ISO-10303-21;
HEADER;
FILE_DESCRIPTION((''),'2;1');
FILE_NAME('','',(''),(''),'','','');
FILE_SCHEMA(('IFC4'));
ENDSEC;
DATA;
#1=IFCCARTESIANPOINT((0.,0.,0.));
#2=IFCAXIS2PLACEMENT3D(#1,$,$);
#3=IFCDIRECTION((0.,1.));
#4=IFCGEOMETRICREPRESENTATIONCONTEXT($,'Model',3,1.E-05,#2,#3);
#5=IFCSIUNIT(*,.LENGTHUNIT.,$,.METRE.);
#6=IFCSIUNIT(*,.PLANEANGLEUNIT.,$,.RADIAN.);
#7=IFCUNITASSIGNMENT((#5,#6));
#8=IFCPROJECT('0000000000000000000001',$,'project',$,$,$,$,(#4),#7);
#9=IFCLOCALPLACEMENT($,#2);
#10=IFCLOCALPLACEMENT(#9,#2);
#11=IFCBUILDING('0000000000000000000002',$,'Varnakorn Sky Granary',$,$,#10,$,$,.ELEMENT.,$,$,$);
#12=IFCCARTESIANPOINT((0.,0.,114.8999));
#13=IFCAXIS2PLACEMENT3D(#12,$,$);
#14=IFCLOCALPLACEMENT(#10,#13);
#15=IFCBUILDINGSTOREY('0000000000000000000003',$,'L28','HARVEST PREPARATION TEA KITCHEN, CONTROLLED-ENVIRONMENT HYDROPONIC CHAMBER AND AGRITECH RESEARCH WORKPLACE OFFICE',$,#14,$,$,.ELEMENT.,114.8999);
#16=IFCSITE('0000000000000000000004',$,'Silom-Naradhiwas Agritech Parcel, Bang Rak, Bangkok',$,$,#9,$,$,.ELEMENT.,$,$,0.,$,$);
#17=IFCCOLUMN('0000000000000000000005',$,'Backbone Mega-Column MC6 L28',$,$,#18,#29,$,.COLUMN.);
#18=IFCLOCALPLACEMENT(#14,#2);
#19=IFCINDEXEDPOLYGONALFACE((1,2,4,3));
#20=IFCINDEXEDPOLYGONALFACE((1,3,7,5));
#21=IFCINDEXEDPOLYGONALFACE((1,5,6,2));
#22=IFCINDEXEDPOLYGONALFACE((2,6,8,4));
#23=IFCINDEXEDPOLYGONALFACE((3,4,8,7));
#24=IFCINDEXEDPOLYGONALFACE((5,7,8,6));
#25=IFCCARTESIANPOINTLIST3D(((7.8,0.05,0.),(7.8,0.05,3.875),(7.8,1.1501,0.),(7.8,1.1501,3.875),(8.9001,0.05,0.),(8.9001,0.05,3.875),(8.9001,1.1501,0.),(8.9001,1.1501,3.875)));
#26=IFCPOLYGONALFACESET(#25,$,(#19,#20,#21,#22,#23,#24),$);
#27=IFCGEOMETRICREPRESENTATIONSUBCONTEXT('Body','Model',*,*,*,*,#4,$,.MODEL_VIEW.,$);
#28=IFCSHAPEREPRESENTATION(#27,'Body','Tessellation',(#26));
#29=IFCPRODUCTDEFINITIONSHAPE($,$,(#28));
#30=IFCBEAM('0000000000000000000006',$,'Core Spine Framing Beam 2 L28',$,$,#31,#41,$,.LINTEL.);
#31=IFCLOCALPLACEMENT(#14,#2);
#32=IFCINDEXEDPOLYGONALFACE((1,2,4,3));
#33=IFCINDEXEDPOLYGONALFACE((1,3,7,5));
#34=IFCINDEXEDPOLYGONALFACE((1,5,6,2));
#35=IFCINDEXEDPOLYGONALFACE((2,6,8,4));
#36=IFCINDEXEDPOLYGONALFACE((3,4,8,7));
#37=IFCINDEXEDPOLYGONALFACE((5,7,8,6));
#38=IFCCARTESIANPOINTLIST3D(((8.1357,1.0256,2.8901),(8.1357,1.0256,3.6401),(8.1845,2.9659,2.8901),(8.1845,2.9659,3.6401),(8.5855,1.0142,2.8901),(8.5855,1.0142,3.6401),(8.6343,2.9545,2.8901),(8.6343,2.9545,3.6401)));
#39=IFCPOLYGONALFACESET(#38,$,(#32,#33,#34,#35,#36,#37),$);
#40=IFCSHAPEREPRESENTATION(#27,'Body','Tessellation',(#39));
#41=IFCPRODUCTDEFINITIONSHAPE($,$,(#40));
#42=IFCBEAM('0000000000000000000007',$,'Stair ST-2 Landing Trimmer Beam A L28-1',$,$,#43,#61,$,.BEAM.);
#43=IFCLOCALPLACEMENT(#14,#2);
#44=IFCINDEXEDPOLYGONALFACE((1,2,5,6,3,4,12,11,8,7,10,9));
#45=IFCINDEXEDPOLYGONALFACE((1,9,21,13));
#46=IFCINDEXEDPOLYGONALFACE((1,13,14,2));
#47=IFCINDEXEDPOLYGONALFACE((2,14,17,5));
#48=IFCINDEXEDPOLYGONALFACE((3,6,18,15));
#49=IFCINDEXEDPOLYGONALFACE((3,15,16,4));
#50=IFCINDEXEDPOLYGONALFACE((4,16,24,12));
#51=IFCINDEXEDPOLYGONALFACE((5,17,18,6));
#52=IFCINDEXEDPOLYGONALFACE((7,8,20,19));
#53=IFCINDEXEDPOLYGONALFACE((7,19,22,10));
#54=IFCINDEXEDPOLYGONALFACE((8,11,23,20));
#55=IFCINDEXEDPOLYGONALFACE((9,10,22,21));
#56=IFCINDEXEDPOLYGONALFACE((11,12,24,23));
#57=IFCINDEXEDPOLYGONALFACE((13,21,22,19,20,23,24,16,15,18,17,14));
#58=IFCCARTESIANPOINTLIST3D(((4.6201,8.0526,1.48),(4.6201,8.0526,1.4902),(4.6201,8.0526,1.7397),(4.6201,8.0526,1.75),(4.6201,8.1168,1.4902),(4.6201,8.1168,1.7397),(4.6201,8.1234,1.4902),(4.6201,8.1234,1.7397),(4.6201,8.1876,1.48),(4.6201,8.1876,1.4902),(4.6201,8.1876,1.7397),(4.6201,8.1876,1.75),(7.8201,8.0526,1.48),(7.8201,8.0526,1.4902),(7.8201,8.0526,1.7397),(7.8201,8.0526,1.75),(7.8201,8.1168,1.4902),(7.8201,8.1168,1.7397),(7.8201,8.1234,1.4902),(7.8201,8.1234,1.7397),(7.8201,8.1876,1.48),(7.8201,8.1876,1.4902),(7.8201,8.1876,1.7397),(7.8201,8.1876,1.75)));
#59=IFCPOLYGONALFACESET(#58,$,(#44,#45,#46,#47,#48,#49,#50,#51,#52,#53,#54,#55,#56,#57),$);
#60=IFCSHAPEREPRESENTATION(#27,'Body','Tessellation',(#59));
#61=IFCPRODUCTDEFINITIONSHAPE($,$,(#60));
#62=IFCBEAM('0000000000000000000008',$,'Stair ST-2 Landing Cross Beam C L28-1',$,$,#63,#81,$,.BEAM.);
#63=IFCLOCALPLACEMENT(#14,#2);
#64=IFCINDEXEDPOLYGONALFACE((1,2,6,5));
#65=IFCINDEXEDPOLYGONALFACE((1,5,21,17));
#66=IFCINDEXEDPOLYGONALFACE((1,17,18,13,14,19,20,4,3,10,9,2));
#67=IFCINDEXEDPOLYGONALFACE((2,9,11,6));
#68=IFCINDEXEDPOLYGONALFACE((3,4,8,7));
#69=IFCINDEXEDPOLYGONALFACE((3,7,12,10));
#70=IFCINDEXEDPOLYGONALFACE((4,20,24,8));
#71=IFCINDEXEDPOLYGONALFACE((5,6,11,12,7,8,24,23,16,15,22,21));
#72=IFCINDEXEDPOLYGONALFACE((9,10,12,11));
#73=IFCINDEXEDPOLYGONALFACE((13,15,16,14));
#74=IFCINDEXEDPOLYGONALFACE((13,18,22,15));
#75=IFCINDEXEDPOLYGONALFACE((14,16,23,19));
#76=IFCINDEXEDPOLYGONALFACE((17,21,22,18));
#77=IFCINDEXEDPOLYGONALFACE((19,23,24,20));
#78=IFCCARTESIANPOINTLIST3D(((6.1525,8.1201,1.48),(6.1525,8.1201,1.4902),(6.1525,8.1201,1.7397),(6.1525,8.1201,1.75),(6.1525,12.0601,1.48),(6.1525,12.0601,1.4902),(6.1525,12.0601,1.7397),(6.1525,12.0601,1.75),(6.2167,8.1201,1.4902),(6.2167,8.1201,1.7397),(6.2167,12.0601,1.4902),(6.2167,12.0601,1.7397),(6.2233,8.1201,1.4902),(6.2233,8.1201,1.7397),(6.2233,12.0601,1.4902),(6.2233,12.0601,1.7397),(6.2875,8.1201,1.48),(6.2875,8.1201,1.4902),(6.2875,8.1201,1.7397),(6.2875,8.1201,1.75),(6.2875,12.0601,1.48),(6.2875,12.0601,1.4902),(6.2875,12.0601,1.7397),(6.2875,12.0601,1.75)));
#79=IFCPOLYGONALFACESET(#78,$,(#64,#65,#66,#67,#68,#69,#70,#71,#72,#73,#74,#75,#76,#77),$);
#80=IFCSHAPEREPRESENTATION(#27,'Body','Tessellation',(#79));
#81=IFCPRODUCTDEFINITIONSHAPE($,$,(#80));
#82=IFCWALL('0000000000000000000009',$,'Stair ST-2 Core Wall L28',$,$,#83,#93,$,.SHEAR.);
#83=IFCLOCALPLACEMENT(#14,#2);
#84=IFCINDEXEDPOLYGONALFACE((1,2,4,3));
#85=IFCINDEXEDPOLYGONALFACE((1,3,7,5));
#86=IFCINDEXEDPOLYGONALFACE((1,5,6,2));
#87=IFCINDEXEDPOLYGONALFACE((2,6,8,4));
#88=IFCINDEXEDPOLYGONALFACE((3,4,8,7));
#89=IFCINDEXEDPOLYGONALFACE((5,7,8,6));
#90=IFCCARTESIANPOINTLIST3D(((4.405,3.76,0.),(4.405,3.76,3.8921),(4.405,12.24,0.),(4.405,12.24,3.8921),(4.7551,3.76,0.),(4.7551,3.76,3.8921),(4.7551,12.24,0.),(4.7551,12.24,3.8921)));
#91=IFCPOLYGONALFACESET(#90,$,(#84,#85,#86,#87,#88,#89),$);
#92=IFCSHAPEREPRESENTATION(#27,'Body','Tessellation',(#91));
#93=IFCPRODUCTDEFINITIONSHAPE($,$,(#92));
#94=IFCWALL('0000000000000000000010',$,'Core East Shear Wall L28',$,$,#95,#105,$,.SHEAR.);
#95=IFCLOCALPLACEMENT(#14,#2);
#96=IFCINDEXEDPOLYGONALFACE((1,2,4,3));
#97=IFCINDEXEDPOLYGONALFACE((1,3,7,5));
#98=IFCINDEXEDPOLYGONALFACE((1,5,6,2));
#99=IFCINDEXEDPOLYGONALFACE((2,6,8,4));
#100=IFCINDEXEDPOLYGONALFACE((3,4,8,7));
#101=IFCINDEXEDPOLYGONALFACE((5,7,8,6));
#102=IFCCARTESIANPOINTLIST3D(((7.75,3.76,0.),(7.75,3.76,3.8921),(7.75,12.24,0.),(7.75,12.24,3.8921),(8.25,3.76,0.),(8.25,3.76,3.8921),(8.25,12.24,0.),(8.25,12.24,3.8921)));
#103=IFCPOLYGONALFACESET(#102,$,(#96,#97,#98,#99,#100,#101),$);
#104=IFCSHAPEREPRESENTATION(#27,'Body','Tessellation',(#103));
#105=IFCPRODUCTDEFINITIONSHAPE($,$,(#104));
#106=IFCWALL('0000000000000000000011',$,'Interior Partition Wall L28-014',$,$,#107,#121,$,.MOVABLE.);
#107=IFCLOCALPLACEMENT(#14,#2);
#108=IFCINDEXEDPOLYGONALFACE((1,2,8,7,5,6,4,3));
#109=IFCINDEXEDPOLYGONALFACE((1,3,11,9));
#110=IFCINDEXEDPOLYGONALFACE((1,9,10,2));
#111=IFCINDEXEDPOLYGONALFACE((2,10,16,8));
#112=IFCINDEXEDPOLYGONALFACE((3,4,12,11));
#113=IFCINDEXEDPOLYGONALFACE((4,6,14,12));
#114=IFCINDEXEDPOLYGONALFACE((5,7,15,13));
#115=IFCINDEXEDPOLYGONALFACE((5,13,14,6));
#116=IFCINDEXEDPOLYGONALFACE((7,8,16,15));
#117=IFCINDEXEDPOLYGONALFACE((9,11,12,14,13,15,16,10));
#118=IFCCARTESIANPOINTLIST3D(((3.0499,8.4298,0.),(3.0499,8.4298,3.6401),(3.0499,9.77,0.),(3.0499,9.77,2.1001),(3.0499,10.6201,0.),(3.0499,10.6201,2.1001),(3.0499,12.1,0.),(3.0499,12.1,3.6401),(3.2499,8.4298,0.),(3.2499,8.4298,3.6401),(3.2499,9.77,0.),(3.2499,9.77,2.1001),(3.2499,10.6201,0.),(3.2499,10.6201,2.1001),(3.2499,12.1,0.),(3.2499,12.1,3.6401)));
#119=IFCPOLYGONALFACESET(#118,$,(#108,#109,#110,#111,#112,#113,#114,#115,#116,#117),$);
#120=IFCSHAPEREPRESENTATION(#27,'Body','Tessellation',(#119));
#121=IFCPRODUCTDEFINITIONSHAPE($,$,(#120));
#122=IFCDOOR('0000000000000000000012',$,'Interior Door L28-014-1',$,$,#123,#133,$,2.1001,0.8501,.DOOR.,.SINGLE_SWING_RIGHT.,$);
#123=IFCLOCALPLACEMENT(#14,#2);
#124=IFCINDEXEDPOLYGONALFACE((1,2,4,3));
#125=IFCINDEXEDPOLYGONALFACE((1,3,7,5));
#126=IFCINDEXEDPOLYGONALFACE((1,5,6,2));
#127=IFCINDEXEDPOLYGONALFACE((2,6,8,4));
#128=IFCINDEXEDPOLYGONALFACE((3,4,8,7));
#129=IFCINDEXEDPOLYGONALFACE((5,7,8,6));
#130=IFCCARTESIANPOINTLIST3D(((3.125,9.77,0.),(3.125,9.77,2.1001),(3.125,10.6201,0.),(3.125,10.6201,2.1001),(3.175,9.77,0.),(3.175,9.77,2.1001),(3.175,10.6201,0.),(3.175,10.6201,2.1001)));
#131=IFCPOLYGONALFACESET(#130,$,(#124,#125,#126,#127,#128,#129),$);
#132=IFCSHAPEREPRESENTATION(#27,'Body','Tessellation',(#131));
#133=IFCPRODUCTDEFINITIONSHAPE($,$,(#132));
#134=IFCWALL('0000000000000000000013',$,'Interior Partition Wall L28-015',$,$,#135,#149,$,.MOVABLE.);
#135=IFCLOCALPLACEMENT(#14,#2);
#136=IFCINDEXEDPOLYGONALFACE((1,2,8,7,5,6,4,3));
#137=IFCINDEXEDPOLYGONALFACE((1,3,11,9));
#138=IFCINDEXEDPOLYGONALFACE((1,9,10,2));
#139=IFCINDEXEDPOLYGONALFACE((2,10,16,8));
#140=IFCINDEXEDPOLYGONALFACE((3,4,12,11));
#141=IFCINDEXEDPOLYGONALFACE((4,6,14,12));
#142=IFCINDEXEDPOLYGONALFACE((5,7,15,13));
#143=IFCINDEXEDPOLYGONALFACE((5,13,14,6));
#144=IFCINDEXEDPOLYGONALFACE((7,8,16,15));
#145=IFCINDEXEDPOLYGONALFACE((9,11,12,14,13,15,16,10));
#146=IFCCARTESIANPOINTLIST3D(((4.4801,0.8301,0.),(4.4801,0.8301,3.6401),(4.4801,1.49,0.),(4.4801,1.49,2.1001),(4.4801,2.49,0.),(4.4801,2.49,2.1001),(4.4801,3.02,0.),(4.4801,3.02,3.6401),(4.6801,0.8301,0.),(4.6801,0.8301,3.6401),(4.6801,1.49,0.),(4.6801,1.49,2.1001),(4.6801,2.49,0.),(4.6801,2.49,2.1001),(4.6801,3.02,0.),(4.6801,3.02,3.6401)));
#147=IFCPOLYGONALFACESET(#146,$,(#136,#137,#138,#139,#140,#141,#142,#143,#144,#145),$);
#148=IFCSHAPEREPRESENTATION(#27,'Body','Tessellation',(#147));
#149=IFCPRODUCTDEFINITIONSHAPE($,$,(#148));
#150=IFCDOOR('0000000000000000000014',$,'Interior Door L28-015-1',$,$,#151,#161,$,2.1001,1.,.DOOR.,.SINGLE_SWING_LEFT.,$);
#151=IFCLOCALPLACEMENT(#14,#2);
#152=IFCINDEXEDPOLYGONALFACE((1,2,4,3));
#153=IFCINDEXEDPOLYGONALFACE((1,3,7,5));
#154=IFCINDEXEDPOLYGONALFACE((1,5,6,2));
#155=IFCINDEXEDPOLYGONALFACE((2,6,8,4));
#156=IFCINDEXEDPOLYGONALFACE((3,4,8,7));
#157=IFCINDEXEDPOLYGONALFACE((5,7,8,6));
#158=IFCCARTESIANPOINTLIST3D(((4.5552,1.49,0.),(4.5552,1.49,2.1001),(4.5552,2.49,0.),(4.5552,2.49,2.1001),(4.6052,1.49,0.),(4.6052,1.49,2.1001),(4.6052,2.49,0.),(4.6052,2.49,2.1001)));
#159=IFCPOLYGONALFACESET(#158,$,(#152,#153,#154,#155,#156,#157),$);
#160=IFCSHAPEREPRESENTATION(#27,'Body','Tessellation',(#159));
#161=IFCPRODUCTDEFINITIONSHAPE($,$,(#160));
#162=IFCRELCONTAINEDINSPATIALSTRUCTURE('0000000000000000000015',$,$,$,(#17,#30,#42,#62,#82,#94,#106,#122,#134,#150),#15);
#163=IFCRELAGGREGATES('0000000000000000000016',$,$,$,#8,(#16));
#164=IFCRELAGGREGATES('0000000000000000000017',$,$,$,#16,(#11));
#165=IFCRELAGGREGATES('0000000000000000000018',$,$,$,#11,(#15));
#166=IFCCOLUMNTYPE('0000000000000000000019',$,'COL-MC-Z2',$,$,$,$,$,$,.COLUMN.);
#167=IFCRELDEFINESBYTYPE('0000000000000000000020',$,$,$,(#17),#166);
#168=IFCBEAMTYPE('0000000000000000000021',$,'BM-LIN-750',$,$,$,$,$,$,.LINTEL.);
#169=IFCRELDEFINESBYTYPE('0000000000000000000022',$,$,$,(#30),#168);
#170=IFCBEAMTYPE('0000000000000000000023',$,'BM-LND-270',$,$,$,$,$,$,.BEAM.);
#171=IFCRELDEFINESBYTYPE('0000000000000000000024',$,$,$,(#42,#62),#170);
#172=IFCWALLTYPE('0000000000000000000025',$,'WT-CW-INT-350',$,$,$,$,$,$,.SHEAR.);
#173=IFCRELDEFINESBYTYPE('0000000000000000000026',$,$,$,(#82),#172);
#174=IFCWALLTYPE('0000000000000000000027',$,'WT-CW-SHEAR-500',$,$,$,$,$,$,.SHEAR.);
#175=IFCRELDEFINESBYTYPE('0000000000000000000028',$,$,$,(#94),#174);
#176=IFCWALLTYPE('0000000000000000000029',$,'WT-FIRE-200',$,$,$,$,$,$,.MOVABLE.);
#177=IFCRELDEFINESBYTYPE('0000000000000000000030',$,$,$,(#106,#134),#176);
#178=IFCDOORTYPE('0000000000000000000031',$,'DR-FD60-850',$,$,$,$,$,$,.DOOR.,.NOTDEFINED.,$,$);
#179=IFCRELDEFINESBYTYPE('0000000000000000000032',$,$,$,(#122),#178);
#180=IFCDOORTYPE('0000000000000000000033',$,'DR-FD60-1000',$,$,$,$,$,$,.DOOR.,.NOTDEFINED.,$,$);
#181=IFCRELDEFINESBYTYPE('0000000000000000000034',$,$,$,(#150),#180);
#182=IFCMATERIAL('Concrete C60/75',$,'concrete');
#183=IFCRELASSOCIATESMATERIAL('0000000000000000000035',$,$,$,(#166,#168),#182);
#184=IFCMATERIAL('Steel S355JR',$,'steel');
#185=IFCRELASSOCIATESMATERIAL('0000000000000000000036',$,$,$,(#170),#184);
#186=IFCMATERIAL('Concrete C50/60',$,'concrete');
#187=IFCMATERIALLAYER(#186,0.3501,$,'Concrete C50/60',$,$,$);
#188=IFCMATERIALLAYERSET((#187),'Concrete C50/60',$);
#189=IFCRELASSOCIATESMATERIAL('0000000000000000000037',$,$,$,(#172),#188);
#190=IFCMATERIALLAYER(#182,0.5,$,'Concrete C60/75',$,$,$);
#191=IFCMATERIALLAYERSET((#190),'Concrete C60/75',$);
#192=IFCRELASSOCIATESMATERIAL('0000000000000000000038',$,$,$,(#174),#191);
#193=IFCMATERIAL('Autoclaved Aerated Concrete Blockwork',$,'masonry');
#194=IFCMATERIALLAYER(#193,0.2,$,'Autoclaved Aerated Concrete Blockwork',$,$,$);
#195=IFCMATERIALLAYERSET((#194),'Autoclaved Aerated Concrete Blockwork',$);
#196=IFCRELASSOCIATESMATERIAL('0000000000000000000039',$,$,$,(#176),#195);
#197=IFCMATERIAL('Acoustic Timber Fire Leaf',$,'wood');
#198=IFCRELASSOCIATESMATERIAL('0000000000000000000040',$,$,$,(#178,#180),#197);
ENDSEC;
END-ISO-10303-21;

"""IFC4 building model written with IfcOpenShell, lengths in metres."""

from ifc_helpers import new_model, si_unit, direction, frame, frame_2d, origin, origin_2d, place, context, subcontext, project, spatial, rectangle, i_section, extrude, material, layer, layer_set, material_profile, profile_set, type_object, element, fill, save


model = new_model("IFC4")

# Units and contexts
model_context = context("Model", 3, precision=1e-05, world=origin(), true_north=direction((0.0, 1.0)))
body_context = subcontext(model_context, "Body", "Model", "MODEL_VIEW")
ifc_project = project(units=[si_unit("LENGTHUNIT", "METRE"), si_unit("PLANEANGLEUNIT", "RADIAN")], contexts=[model_context])

# Site, building, storey
site_placement = place(None, origin())
site = spatial("IfcSite", under=ifc_project, at=site_placement, Name="Silom-Naradhiwas Agritech Parcel, Bang Rak, Bangkok", CompositionType="ELEMENT", RefElevation=0.0)
building_placement = place(site_placement, origin())
building = spatial("IfcBuilding", under=site, at=building_placement, Name="Varnakorn Sky Granary", CompositionType="ELEMENT")
storey_placement = place(building_placement, frame((0.0, 0.0, 114.8999)))
storey = spatial("IfcBuildingStorey", under=building, at=storey_placement, Name="L28", Description="HARVEST PREPARATION TEA KITCHEN, CONTROLLED-ENVIRONMENT HYDROPONIC CHAMBER AND AGRITECH RESEARCH WORKPLACE OFFICE", CompositionType="ELEMENT", Elevation=114.8999)

# Column
ifc_material_1 = material(Name="Concrete C60/75", Category="concrete")
ifc_material_profile_1 = material_profile(ifc_material_1, rectangle(XDim=1.1001, YDim=1.1001, at=origin_2d()), Name="RC 1100x1100")
ifc_profile_set_1 = profile_set([ifc_material_profile_1], Name="Concrete C60/75")
column_type = type_object("IfcColumnType", Name="COL-MC-Z2", PredefinedType="COLUMN", material=ifc_profile_set_1)
column_placement = place(storey_placement, frame((8.3501, 0.6001, 0.0), z_axis=(0.0, 0.0, 1.0), x_axis=(1.0, 0.0, 0.0)))
element("IfcColumn", 1, at=column_placement, inside=storey, type_object=column_type, Name="Backbone Mega-Column MC6 L28", PredefinedType="COLUMN", context=body_context, shape_type="SweptSolid", body=[
    extrude(rectangle(XDim=1.1001, YDim=1.1001, at=origin_2d()), origin(), (0.0, 0.0, 1.0), 3.875),
])

# Beams
ifc_material_profile_2 = material_profile(ifc_material_1, rectangle(XDim=0.45, YDim=0.75, at=origin_2d()), Name="RC 450x750")
ifc_profile_set_2 = profile_set([ifc_material_profile_2], Name="Concrete C60/75")
beam_type_1 = type_object("IfcBeamType", Name="BM-LIN-750", PredefinedType="LINTEL", material=ifc_profile_set_2)
beam_1_placement = place(storey_placement, frame((8.4094, 2.9602, 3.2651), z_axis=(-0.025159, -0.999683, 0.0), x_axis=(0.999683, -0.025159, 0.0)))
element("IfcBeam", 2, at=beam_1_placement, inside=storey, type_object=beam_type_1, Name="Core Spine Framing Beam 2 L28", PredefinedType="LINTEL", context=body_context, shape_type="SweptSolid", body=[
    extrude(rectangle(XDim=0.45, YDim=0.75, at=origin_2d()), origin(), (0.0, 0.0, 1.0), 1.9409),
])
ifc_material_2 = material(Name="Steel S355JR", Category="steel")
ifc_material_profile_3 = material_profile(ifc_material_2, i_section(OverallWidth=0.135, OverallDepth=0.27, WebThickness=0.0066, FlangeThickness=0.0103, at=origin_2d()), Name="IPE 270")
ifc_profile_set_3 = profile_set([ifc_material_profile_3], Name="Steel S355JR")
beam_type_2 = type_object("IfcBeamType", Name="BM-LND-270", PredefinedType="BEAM", material=ifc_profile_set_3)
beam_2_placement = place(storey_placement, frame((4.6201, 8.1201, 1.615), z_axis=(1.0, 0.0, 0.0), x_axis=(0.0, 1.0, 0.0)))
element("IfcBeam", 3, at=beam_2_placement, inside=storey, type_object=beam_type_2, Name="Stair ST-2 Landing Trimmer Beam A L28-1", PredefinedType="BEAM", context=body_context, shape_type="SweptSolid", body=[
    extrude(i_section(OverallWidth=0.135, OverallDepth=0.27, WebThickness=0.0066, FlangeThickness=0.0103, at=origin_2d()), origin(), (0.0, 0.0, 1.0), 3.2),
])
beam_3_placement = place(storey_placement, frame((6.22, 8.1201, 1.615), z_axis=(0.0, 1.0, 0.0), x_axis=(-1.0, 0.0, 0.0)))
element("IfcBeam", 4, at=beam_3_placement, inside=storey, type_object=beam_type_2, Name="Stair ST-2 Landing Cross Beam C L28-1", PredefinedType="BEAM", context=body_context, shape_type="SweptSolid", body=[
    extrude(i_section(OverallWidth=0.135, OverallDepth=0.27, WebThickness=0.0066, FlangeThickness=0.0103, at=origin_2d()), origin(), (0.0, 0.0, 1.0), 3.9399),
])

# Walls
ifc_material_3 = material(Name="Concrete C50/60", Category="concrete")
ifc_layer_1 = layer(ifc_material_3, 0.3501, Name="Concrete C50/60")
ifc_layer_set_1 = layer_set([ifc_layer_1], Name="Concrete C50/60")
wall_type_1 = type_object("IfcWallType", Name="WT-CW-INT-350", PredefinedType="SHEAR", material=ifc_layer_set_1)
wall_1_placement = place(storey_placement, frame((4.5801, 3.76, 0.0), z_axis=(0.0, 0.0, 1.0), x_axis=(0.0, 1.0, 0.0)))
element("IfcWall", 5, at=wall_1_placement, inside=storey, type_object=wall_type_1, Name="Stair ST-2 Core Wall L28", PredefinedType="SHEAR", context=body_context, shape_type="SweptSolid", body=[
    extrude(rectangle(XDim=8.48, YDim=0.3501, at=frame_2d((4.24, 0.0))), origin(), (0.0, 0.0, 1.0), 3.8921),
])
ifc_layer_2 = layer(ifc_material_1, 0.5, Name="Concrete C60/75")
ifc_layer_set_2 = layer_set([ifc_layer_2], Name="Concrete C60/75")
wall_type_2 = type_object("IfcWallType", Name="WT-CW-SHEAR-500", PredefinedType="SHEAR", material=ifc_layer_set_2)
wall_2_placement = place(storey_placement, frame((8.0, 3.76, 0.0), z_axis=(0.0, 0.0, 1.0), x_axis=(0.0, 1.0, 0.0)))
element("IfcWall", 6, at=wall_2_placement, inside=storey, type_object=wall_type_2, Name="Core East Shear Wall L28", PredefinedType="SHEAR", context=body_context, shape_type="SweptSolid", body=[
    extrude(rectangle(XDim=8.48, YDim=0.5, at=frame_2d((4.24, 0.0))), origin(), (0.0, 0.0, 1.0), 3.8921),
])

# Walls, openings, doors
ifc_material_4 = material(Name="Autoclaved Aerated Concrete Blockwork", Category="masonry")
ifc_layer_3 = layer(ifc_material_4, 0.2, Name="Autoclaved Aerated Concrete Blockwork")
ifc_layer_set_3 = layer_set([ifc_layer_3], Name="Autoclaved Aerated Concrete Blockwork")
wall_type_3 = type_object("IfcWallType", Name="WT-FIRE-200", PredefinedType="MOVABLE", material=ifc_layer_set_3)
wall_3_placement = place(storey_placement, frame((3.1499, 8.4299, 0.0), z_axis=(0.0, 0.0, 1.0), x_axis=(0.0, 1.0, 0.0)))
wall_3 = element("IfcWall", 7, at=wall_3_placement, inside=storey, type_object=wall_type_3, Name="Interior Partition Wall L28-014", PredefinedType="MOVABLE", context=body_context, shape_type="SweptSolid", body=[
    extrude(rectangle(XDim=3.6702, YDim=0.2, at=frame_2d((1.835, 0.0))), origin(), (0.0, 0.0, 1.0), 3.6401),
])
opening_1_placement = place(wall_3_placement, frame((1.3401, 0.0, 0.0)))
opening_1 = element("IfcOpeningElement", 8, at=opening_1_placement, cuts=wall_3, PredefinedType="OPENING", context=body_context, shape_type="SweptSolid", body=[
    extrude(rectangle(XDim=0.8501, YDim=2.1001, at=frame_2d((0.425, 1.05))), frame((0.0, 0.1099, 0.0), z_axis=(0.0, -1.0, 0.0), x_axis=(1.0, 0.0, 0.0)), (0.0, 0.0, 1.0), 0.22),
])
ifc_material_5 = material(Name="Acoustic Timber Fire Leaf", Category="wood")
door_type_1 = type_object("IfcDoorType", Name="DR-FD60-850", OperationType="NOTDEFINED", PredefinedType="DOOR", material=ifc_material_5)
door_1_placement = place(opening_1_placement, origin())
door_1 = element("IfcDoor", 9, at=door_1_placement, inside=storey, type_object=door_type_1, Name="Interior Door L28-014-1", OperationType="SINGLE_SWING_RIGHT", OverallHeight=2.1001, OverallWidth=0.8501, PredefinedType="DOOR", context=body_context, shape_type="SweptSolid", body=[
    extrude(rectangle(XDim=0.8501, YDim=2.1001, at=frame_2d((0.425, 1.05))), frame((0.0, 0.0249, 0.0), z_axis=(0.0, -1.0, 0.0), x_axis=(1.0, 0.0, 0.0)), (0.0, 0.0, 1.0), 0.05),
])
fill(opening_1, door_1)
wall_4_placement = place(storey_placement, frame((4.5801, 0.8301, 0.0), z_axis=(0.0, 0.0, 1.0), x_axis=(0.0, 1.0, 0.0)))
wall_4 = element("IfcWall", 10, at=wall_4_placement, inside=storey, type_object=wall_type_3, Name="Interior Partition Wall L28-015", PredefinedType="MOVABLE", context=body_context, shape_type="SweptSolid", body=[
    extrude(rectangle(XDim=2.1899, YDim=0.2, at=frame_2d((1.095, 0.0))), origin(), (0.0, 0.0, 1.0), 3.6401),
])
opening_2_placement = place(wall_4_placement, frame((0.6599, 0.0, 0.0)))
opening_2 = element("IfcOpeningElement", 11, at=opening_2_placement, cuts=wall_4, PredefinedType="OPENING", context=body_context, shape_type="SweptSolid", body=[
    extrude(rectangle(XDim=1.0, YDim=2.1001, at=frame_2d((0.5, 1.05))), frame((0.0, 0.1099, 0.0), z_axis=(0.0, -1.0, 0.0), x_axis=(1.0, 0.0, 0.0)), (0.0, 0.0, 1.0), 0.22),
])
door_type_2 = type_object("IfcDoorType", Name="DR-FD60-1000", OperationType="NOTDEFINED", PredefinedType="DOOR", material=ifc_material_5)
door_2_placement = place(opening_2_placement, origin())
door_2 = element("IfcDoor", 12, at=door_2_placement, inside=storey, type_object=door_type_2, Name="Interior Door L28-015-1", OperationType="SINGLE_SWING_LEFT", OverallHeight=2.1001, OverallWidth=1.0, PredefinedType="DOOR", context=body_context, shape_type="SweptSolid", body=[
    extrude(rectangle(XDim=1.0, YDim=2.1001, at=frame_2d((0.5, 1.05))), frame((0.0, 0.0249, 0.0), z_axis=(0.0, -1.0, 0.0), x_axis=(1.0, 0.0, 0.0)), (0.0, 0.0, 1.0), 0.05),
])
fill(opening_2, door_2)

save(model, "model.ifc")
